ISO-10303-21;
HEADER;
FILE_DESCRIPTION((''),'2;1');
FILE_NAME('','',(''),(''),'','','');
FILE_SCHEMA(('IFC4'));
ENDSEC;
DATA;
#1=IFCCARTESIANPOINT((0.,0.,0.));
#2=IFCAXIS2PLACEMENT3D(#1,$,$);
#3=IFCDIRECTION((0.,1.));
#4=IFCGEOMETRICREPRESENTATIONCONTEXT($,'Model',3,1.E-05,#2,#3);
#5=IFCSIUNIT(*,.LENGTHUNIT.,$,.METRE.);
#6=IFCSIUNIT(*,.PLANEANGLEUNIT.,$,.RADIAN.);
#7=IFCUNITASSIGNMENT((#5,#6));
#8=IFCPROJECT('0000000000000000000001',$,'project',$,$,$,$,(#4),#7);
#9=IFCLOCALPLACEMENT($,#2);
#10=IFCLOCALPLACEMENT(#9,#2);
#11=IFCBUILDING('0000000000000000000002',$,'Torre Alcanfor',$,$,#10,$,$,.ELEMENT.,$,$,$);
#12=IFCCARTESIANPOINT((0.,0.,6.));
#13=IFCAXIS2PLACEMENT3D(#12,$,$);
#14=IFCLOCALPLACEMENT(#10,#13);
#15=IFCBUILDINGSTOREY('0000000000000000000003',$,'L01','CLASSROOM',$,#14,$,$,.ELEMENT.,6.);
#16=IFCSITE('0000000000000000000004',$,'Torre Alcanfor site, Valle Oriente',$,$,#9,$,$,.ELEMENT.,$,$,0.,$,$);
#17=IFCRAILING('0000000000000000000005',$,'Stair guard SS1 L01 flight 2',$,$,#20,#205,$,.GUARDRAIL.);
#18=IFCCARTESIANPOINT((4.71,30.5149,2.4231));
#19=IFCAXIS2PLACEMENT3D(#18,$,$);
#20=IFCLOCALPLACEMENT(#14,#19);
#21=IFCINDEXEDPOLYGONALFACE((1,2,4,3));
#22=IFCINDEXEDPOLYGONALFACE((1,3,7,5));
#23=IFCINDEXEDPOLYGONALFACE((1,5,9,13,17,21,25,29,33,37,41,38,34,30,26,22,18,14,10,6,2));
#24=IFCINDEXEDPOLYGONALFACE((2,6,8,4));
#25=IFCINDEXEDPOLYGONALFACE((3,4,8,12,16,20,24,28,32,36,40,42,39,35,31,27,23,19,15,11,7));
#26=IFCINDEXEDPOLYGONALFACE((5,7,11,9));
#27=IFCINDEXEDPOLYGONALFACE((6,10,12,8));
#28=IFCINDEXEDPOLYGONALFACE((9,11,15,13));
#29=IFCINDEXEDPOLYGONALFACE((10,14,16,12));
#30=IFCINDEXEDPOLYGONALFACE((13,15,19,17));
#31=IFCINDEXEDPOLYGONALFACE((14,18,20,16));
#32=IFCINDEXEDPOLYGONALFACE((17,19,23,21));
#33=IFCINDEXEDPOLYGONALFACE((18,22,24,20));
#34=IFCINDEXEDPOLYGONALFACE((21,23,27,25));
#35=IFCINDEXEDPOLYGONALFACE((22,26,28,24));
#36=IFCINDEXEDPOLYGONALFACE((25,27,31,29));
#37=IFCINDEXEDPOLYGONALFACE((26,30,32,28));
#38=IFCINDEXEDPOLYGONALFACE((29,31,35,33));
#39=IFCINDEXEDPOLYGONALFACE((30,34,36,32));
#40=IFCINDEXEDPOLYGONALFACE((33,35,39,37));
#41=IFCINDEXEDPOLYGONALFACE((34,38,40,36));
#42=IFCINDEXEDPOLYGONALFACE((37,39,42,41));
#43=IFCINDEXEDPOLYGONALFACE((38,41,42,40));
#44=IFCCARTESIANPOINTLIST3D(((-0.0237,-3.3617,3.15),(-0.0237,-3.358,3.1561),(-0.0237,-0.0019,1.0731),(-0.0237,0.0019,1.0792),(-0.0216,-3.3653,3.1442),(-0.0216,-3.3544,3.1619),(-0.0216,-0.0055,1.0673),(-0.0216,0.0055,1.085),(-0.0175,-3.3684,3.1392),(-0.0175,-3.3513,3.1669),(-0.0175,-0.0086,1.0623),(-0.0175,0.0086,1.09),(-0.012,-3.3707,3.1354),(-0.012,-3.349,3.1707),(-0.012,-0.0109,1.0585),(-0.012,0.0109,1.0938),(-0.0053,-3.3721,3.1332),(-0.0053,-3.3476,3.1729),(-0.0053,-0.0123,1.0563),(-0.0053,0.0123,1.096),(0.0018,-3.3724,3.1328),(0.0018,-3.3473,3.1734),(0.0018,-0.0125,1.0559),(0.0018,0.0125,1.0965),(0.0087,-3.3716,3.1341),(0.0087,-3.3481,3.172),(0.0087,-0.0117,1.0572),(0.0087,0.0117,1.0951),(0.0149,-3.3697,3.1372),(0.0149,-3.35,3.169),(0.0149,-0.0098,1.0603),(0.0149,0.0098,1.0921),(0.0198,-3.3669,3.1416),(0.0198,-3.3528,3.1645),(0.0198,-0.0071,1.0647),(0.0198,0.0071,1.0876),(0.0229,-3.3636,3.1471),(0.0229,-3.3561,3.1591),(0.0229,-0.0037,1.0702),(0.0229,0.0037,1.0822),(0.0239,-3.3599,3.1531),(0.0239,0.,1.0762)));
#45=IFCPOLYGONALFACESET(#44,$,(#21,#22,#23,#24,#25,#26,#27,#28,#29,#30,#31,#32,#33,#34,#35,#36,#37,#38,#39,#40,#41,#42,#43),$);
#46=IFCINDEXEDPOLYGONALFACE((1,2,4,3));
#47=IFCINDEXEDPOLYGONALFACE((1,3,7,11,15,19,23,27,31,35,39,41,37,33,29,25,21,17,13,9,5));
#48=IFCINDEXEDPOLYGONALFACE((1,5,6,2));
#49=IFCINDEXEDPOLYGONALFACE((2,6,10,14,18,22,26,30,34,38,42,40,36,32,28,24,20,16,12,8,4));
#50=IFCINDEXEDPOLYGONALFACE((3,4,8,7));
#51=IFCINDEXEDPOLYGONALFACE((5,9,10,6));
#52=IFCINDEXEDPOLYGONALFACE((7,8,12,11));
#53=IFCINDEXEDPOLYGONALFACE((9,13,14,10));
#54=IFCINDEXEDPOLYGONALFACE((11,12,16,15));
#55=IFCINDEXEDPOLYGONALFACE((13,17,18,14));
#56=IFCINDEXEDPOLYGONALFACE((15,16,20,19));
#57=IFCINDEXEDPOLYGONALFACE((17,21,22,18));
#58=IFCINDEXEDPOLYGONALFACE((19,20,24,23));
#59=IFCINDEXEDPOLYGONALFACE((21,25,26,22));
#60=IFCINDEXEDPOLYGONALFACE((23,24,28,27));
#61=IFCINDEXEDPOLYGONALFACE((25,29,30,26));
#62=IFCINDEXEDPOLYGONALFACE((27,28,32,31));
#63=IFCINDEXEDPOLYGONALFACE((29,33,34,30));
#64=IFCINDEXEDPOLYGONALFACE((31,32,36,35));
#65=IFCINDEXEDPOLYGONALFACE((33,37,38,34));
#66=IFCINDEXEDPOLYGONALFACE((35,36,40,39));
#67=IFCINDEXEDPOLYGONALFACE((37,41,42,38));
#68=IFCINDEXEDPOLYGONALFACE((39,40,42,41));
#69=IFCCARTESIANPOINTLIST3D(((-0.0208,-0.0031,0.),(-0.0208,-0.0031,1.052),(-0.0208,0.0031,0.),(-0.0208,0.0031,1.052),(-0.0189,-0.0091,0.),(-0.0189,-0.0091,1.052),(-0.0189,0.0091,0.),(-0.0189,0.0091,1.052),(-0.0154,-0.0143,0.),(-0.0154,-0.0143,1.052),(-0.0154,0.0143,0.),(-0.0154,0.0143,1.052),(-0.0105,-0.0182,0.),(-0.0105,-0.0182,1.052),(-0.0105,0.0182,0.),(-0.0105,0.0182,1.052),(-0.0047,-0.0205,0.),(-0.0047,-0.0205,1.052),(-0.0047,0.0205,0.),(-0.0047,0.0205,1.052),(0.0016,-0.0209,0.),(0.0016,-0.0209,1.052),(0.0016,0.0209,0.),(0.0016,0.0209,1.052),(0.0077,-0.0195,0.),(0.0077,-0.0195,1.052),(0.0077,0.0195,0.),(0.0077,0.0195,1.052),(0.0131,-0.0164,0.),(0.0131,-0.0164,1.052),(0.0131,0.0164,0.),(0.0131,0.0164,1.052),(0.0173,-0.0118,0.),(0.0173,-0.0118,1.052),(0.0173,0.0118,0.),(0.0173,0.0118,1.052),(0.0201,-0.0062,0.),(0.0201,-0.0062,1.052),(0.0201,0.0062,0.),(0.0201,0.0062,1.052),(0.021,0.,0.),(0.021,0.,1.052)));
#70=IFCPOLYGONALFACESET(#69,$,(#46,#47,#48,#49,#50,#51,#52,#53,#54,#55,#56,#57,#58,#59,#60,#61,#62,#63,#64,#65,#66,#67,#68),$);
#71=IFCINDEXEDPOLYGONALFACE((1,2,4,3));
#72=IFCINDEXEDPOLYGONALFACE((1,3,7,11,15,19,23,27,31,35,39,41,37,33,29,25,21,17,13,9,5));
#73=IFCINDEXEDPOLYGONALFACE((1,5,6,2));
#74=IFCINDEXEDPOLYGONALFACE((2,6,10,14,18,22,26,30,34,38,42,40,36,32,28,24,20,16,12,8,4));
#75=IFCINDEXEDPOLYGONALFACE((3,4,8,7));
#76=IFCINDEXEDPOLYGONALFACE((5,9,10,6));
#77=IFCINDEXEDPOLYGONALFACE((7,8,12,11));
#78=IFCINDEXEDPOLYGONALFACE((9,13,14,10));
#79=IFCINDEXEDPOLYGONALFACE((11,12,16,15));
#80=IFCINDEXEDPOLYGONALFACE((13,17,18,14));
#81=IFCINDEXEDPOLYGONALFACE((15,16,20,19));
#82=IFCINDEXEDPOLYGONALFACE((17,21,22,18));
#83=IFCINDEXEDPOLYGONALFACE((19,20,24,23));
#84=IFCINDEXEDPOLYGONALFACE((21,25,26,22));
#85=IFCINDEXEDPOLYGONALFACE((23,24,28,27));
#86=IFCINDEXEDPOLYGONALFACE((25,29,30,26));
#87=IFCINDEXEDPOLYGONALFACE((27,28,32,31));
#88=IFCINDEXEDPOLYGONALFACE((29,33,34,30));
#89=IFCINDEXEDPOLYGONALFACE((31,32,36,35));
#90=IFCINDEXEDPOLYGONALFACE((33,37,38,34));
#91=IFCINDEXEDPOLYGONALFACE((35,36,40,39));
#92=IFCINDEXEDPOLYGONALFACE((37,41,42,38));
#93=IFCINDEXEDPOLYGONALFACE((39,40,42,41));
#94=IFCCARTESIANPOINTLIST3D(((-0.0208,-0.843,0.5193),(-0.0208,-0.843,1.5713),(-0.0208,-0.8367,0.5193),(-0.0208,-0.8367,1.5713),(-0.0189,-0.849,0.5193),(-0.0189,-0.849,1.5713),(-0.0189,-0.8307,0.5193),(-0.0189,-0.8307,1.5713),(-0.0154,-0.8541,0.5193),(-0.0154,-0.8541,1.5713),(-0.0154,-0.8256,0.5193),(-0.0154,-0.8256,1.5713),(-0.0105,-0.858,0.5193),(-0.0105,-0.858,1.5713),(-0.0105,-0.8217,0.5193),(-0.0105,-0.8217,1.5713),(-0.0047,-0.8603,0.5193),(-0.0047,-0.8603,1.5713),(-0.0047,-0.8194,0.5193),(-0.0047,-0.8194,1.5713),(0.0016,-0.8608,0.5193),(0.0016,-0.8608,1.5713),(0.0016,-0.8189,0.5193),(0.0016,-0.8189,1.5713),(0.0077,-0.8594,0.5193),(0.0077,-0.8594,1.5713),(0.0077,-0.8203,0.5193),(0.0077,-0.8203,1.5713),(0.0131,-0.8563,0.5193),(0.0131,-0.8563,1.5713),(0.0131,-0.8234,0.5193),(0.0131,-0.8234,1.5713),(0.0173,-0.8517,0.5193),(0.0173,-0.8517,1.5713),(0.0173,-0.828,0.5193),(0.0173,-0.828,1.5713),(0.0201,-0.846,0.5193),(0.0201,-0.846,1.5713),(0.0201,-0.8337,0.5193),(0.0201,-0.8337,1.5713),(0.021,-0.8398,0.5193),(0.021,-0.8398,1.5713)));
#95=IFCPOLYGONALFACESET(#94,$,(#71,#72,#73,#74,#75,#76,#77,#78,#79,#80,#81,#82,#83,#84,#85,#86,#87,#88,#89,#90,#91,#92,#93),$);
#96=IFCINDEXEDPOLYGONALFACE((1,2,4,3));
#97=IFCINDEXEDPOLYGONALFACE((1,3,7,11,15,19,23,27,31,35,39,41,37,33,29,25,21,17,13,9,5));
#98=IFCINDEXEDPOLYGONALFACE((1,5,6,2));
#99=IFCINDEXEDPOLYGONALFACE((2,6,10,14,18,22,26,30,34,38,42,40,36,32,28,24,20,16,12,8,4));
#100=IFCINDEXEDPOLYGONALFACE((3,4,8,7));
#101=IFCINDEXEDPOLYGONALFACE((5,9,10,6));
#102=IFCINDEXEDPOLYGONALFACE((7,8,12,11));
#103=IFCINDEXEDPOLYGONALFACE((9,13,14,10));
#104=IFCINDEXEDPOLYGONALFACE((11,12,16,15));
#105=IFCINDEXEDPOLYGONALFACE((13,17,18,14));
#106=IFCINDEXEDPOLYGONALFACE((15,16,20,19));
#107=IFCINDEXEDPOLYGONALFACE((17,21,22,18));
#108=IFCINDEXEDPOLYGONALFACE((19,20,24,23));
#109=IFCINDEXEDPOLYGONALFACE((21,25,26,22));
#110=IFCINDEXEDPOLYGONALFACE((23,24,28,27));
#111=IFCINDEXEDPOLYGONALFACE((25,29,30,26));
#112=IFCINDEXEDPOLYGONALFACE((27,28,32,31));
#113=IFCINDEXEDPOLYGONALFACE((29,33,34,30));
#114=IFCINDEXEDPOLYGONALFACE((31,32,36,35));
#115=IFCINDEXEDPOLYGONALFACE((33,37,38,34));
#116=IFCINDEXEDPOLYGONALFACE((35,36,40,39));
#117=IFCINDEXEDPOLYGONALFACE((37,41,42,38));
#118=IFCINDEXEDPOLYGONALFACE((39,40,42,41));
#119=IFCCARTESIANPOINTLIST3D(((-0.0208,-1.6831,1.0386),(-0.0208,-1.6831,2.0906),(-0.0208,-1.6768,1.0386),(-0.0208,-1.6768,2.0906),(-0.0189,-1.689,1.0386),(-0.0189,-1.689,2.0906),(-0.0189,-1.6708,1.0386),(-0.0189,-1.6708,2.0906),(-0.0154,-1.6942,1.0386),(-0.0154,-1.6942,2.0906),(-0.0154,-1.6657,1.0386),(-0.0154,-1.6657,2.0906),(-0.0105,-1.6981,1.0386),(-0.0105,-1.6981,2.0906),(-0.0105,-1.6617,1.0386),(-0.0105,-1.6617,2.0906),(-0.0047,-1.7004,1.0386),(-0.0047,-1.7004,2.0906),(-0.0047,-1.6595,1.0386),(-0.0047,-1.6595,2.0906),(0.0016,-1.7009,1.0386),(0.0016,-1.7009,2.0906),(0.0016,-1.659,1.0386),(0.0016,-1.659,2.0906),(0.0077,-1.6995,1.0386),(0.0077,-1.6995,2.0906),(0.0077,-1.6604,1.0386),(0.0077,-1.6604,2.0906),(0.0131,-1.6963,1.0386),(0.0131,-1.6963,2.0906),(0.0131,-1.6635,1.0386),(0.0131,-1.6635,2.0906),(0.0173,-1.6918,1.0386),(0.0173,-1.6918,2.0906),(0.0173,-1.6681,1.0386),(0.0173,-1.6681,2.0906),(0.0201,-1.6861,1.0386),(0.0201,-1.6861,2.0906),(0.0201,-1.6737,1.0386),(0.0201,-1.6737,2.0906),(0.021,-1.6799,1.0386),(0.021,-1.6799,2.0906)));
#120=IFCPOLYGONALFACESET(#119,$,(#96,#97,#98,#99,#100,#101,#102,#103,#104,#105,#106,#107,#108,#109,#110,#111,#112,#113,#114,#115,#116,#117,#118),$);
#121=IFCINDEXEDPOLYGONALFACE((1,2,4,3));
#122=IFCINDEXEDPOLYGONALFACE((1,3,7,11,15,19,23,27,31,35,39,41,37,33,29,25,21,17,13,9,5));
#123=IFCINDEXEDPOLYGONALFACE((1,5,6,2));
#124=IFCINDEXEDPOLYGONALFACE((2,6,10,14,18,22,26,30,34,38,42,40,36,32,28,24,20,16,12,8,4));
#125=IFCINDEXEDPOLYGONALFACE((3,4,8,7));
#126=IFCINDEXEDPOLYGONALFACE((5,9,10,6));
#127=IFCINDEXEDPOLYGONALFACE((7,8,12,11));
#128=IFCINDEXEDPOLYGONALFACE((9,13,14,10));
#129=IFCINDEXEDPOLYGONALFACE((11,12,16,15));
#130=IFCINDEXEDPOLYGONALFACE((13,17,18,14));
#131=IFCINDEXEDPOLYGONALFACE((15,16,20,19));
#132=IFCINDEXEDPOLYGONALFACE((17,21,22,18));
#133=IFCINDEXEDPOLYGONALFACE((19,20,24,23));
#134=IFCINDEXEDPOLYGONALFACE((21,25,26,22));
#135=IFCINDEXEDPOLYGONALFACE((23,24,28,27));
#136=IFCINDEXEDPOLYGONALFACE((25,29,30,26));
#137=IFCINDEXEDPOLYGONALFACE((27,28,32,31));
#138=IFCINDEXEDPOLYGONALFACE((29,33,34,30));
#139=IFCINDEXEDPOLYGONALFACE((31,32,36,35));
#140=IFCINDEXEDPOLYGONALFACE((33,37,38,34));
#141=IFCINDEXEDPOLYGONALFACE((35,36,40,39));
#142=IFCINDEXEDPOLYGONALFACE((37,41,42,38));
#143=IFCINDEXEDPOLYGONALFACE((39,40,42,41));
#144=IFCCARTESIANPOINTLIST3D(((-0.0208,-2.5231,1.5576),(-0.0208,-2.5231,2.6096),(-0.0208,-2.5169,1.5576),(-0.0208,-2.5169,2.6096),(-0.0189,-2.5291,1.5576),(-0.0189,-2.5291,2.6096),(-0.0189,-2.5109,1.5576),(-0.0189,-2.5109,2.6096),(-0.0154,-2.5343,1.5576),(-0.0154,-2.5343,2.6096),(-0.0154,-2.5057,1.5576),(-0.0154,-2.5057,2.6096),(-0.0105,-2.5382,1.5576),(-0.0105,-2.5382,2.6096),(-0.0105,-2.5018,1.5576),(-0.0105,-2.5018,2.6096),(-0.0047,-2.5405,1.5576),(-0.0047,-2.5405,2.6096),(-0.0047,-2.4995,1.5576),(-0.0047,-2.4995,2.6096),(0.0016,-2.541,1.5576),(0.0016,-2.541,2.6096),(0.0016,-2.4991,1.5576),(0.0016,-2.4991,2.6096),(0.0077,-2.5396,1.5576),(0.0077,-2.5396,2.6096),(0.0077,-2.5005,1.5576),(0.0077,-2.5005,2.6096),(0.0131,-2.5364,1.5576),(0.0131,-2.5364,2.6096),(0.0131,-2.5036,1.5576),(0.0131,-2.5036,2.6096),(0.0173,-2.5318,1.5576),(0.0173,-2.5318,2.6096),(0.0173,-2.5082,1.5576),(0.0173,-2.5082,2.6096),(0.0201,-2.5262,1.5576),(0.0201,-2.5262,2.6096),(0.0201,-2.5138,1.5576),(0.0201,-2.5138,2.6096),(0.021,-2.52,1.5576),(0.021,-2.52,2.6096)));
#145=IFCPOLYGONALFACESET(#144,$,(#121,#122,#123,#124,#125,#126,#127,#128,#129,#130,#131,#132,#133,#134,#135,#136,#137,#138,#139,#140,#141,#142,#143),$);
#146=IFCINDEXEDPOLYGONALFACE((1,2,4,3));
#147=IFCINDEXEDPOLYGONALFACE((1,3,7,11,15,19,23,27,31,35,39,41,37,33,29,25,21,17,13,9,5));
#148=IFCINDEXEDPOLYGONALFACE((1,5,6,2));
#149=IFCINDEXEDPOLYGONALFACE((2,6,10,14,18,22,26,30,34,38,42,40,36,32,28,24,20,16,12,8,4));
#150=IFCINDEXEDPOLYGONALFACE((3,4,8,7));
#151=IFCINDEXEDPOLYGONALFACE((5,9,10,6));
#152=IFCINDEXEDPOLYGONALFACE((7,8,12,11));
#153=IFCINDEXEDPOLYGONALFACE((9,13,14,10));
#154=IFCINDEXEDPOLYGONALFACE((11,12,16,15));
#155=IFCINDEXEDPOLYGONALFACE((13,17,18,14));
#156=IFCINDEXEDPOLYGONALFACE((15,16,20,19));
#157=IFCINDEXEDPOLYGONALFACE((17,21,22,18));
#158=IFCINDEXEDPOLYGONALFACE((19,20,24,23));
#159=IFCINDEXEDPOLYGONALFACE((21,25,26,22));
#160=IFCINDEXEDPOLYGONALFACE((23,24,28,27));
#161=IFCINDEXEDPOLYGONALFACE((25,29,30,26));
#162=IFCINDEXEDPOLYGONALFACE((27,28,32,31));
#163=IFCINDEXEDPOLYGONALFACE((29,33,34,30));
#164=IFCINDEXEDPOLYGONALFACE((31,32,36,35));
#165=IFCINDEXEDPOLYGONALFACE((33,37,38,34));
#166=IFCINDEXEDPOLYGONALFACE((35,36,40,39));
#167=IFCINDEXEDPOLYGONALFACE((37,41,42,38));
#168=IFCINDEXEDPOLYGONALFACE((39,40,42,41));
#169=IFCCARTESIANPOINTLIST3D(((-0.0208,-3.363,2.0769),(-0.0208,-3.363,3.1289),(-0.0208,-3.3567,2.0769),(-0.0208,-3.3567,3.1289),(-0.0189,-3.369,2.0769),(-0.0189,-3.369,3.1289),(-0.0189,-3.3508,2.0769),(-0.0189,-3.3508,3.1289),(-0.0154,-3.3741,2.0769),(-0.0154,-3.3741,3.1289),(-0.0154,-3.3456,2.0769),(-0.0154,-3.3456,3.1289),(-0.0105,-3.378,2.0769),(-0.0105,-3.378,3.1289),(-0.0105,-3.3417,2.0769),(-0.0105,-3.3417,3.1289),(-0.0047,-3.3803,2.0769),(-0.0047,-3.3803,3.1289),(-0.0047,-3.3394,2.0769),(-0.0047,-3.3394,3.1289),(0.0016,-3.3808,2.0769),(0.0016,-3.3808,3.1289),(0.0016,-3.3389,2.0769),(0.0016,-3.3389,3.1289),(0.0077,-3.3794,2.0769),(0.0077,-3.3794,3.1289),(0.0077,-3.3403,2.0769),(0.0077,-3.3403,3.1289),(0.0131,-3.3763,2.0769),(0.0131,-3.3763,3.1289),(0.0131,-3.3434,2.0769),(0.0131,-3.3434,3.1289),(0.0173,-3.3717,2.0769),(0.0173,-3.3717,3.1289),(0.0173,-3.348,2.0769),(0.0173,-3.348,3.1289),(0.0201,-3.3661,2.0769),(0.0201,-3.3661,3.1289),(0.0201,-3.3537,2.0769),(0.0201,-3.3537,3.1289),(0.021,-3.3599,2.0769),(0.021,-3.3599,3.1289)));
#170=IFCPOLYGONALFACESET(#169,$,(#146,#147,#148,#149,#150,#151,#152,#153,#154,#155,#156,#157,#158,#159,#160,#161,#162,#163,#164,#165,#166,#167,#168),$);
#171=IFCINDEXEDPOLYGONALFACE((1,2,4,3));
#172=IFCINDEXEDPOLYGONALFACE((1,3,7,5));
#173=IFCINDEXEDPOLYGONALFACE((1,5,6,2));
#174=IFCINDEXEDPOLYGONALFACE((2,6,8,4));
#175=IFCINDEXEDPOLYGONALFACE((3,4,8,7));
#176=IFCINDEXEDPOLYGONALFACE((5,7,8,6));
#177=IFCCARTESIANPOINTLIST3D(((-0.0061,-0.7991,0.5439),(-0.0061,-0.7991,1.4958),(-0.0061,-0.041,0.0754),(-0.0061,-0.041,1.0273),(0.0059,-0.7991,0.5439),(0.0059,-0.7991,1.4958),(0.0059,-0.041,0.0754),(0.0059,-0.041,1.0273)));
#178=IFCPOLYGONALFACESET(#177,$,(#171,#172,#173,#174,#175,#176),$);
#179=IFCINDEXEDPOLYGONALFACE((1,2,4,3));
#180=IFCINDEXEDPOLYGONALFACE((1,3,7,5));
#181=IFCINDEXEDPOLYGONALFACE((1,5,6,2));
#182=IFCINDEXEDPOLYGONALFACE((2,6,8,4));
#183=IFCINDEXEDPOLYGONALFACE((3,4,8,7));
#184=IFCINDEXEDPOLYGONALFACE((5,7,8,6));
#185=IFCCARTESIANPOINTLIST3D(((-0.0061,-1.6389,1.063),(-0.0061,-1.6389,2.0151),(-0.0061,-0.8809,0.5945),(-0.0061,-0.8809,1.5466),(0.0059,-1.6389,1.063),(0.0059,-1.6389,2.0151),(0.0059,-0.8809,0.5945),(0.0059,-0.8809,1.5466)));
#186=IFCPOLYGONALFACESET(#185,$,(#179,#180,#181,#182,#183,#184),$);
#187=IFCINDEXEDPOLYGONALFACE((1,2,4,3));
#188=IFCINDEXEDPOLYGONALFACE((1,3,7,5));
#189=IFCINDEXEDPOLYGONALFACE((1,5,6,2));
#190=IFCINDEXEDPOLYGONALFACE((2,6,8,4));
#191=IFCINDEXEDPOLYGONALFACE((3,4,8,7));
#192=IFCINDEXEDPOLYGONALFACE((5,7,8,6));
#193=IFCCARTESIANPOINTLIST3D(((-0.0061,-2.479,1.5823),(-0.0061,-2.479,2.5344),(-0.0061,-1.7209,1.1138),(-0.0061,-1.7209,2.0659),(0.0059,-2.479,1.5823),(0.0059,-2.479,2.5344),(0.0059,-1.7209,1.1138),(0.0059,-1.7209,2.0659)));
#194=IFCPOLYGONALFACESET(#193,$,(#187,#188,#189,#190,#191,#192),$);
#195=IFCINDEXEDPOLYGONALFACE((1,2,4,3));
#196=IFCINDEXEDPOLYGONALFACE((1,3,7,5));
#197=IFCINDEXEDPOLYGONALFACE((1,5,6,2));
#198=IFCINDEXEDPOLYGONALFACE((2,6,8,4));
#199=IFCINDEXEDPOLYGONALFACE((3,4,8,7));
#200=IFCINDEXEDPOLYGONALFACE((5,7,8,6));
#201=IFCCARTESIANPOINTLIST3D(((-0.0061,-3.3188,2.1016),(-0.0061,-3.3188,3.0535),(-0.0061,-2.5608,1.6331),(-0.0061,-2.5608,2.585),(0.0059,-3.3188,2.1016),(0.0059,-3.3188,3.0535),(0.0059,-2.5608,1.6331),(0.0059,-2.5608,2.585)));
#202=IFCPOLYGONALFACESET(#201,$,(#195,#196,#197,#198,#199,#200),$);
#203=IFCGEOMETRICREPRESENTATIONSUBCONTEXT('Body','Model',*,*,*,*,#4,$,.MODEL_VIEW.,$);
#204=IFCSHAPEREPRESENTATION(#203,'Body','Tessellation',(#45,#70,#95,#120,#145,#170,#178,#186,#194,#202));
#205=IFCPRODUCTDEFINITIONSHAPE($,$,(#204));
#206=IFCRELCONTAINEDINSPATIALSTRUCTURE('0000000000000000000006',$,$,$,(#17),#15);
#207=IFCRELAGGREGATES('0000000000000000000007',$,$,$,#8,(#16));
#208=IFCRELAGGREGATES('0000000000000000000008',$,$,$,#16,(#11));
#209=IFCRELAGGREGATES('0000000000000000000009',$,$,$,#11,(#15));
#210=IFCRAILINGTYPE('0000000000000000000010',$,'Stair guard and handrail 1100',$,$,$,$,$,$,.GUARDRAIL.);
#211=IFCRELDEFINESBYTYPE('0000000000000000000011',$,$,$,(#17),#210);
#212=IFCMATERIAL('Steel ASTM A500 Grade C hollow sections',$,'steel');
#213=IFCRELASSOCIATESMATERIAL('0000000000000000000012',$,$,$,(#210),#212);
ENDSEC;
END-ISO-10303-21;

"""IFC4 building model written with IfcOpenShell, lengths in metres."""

from ifc_helpers import new_model, si_unit, direction, frame, origin, origin_2d, place, context, subcontext, project, spatial, polyline, circle, outline, extrude, material, type_object, element, save


model = new_model("IFC4")

# Units and contexts
model_context = context("Model", 3, precision=1e-05, world=origin(), true_north=direction((0.0, 1.0)))
body_context = subcontext(model_context, "Body", "Model", "MODEL_VIEW")
ifc_project = project(units=[si_unit("LENGTHUNIT", "METRE"), si_unit("PLANEANGLEUNIT", "RADIAN")], contexts=[model_context])

# Site, building, storey
site_placement = place(None, origin())
site = spatial("IfcSite", under=ifc_project, at=site_placement, Name="Torre Alcanfor site, Valle Oriente", CompositionType="ELEMENT", RefElevation=0.0)
building_placement = place(site_placement, origin())
building = spatial("IfcBuilding", under=site, at=building_placement, Name="Torre Alcanfor", CompositionType="ELEMENT")
storey_placement = place(building_placement, frame((0.0, 0.0, 6.0)))
storey = spatial("IfcBuildingStorey", under=building, at=storey_placement, Name="L01", Description="CLASSROOM", CompositionType="ELEMENT", Elevation=6.0)

# Railing
ifc_material_1 = material(Name="Steel ASTM A500 Grade C hollow sections", Category="steel")
railing_type_1 = type_object("IfcRailingType", Name="Stair guard and handrail 1100", PredefinedType="GUARDRAIL", material=ifc_material_1)
railing_1_placement = place(storey_placement, frame((4.71, 30.5149, 2.4231)))
element("IfcRailing", 1, at=railing_1_placement, inside=storey, type_object=railing_type_1, Name="Stair guard SS1 L01 flight 2", PredefinedType="GUARDRAIL", context=body_context, shape_type="SweptSolid", body=[
    extrude(circle(Radius=0.0239, at=origin_2d()), frame((0.0, 0.0, 1.0762), z_axis=(0.0, -0.850606, 0.525803), x_axis=(1.0, 0.0, 0.0)), (0.0, 0.0, 1.0), 3.95),
    extrude(circle(Radius=0.021, at=origin_2d()), origin(), (0.0, 0.0, 1.0), 1.052),
    extrude(circle(Radius=0.021, at=origin_2d()), frame((0.0, -0.8398, 0.5193)), (0.0, 0.0, 1.0), 1.052),
    extrude(circle(Radius=0.021, at=origin_2d()), frame((0.0, -1.6799, 1.0386)), (0.0, 0.0, 1.0), 1.052),
    extrude(circle(Radius=0.021, at=origin_2d()), frame((0.0, -2.52, 1.5576)), (0.0, 0.0, 1.0), 1.052),
    extrude(circle(Radius=0.021, at=origin_2d()), frame((0.0, -3.3599, 2.0769)), (0.0, 0.0, 1.0), 1.052),
    extrude(outline(polyline([(0.041, 0.0754), (0.7991, 0.5439), (0.7991, 1.4958), (0.041, 1.0273), (0.041, 0.0754)])), frame((0.0059, 0.0, 0.0), z_axis=(-1.0, 0.0, 0.0), x_axis=(0.0, -1.0, 0.0)), (0.0, 0.0, 1.0), 0.012),
    extrude(outline(polyline([(0.8809, 0.5945), (1.6389, 1.063), (1.6389, 2.0151), (0.8809, 1.5466), (0.8809, 0.5945)])), frame((0.0059, 0.0, 0.0), z_axis=(-1.0, 0.0, 0.0), x_axis=(0.0, -1.0, 0.0)), (0.0, 0.0, 1.0), 0.012),
    extrude(outline(polyline([(1.7209, 1.1138), (2.479, 1.5823), (2.479, 2.5344), (1.7209, 2.0659), (1.7209, 1.1138)])), frame((0.0059, 0.0, 0.0), z_axis=(-1.0, 0.0, 0.0), x_axis=(0.0, -1.0, 0.0)), (0.0, 0.0, 1.0), 0.012),
    extrude(outline(polyline([(2.5608, 1.6331), (3.3188, 2.1016), (3.3188, 3.0535), (2.5608, 2.585), (2.5608, 1.6331)])), frame((0.0059, 0.0, 0.0), z_axis=(-1.0, 0.0, 0.0), x_axis=(0.0, -1.0, 0.0)), (0.0, 0.0, 1.0), 0.012),
])

save(model, "model.ifc")
